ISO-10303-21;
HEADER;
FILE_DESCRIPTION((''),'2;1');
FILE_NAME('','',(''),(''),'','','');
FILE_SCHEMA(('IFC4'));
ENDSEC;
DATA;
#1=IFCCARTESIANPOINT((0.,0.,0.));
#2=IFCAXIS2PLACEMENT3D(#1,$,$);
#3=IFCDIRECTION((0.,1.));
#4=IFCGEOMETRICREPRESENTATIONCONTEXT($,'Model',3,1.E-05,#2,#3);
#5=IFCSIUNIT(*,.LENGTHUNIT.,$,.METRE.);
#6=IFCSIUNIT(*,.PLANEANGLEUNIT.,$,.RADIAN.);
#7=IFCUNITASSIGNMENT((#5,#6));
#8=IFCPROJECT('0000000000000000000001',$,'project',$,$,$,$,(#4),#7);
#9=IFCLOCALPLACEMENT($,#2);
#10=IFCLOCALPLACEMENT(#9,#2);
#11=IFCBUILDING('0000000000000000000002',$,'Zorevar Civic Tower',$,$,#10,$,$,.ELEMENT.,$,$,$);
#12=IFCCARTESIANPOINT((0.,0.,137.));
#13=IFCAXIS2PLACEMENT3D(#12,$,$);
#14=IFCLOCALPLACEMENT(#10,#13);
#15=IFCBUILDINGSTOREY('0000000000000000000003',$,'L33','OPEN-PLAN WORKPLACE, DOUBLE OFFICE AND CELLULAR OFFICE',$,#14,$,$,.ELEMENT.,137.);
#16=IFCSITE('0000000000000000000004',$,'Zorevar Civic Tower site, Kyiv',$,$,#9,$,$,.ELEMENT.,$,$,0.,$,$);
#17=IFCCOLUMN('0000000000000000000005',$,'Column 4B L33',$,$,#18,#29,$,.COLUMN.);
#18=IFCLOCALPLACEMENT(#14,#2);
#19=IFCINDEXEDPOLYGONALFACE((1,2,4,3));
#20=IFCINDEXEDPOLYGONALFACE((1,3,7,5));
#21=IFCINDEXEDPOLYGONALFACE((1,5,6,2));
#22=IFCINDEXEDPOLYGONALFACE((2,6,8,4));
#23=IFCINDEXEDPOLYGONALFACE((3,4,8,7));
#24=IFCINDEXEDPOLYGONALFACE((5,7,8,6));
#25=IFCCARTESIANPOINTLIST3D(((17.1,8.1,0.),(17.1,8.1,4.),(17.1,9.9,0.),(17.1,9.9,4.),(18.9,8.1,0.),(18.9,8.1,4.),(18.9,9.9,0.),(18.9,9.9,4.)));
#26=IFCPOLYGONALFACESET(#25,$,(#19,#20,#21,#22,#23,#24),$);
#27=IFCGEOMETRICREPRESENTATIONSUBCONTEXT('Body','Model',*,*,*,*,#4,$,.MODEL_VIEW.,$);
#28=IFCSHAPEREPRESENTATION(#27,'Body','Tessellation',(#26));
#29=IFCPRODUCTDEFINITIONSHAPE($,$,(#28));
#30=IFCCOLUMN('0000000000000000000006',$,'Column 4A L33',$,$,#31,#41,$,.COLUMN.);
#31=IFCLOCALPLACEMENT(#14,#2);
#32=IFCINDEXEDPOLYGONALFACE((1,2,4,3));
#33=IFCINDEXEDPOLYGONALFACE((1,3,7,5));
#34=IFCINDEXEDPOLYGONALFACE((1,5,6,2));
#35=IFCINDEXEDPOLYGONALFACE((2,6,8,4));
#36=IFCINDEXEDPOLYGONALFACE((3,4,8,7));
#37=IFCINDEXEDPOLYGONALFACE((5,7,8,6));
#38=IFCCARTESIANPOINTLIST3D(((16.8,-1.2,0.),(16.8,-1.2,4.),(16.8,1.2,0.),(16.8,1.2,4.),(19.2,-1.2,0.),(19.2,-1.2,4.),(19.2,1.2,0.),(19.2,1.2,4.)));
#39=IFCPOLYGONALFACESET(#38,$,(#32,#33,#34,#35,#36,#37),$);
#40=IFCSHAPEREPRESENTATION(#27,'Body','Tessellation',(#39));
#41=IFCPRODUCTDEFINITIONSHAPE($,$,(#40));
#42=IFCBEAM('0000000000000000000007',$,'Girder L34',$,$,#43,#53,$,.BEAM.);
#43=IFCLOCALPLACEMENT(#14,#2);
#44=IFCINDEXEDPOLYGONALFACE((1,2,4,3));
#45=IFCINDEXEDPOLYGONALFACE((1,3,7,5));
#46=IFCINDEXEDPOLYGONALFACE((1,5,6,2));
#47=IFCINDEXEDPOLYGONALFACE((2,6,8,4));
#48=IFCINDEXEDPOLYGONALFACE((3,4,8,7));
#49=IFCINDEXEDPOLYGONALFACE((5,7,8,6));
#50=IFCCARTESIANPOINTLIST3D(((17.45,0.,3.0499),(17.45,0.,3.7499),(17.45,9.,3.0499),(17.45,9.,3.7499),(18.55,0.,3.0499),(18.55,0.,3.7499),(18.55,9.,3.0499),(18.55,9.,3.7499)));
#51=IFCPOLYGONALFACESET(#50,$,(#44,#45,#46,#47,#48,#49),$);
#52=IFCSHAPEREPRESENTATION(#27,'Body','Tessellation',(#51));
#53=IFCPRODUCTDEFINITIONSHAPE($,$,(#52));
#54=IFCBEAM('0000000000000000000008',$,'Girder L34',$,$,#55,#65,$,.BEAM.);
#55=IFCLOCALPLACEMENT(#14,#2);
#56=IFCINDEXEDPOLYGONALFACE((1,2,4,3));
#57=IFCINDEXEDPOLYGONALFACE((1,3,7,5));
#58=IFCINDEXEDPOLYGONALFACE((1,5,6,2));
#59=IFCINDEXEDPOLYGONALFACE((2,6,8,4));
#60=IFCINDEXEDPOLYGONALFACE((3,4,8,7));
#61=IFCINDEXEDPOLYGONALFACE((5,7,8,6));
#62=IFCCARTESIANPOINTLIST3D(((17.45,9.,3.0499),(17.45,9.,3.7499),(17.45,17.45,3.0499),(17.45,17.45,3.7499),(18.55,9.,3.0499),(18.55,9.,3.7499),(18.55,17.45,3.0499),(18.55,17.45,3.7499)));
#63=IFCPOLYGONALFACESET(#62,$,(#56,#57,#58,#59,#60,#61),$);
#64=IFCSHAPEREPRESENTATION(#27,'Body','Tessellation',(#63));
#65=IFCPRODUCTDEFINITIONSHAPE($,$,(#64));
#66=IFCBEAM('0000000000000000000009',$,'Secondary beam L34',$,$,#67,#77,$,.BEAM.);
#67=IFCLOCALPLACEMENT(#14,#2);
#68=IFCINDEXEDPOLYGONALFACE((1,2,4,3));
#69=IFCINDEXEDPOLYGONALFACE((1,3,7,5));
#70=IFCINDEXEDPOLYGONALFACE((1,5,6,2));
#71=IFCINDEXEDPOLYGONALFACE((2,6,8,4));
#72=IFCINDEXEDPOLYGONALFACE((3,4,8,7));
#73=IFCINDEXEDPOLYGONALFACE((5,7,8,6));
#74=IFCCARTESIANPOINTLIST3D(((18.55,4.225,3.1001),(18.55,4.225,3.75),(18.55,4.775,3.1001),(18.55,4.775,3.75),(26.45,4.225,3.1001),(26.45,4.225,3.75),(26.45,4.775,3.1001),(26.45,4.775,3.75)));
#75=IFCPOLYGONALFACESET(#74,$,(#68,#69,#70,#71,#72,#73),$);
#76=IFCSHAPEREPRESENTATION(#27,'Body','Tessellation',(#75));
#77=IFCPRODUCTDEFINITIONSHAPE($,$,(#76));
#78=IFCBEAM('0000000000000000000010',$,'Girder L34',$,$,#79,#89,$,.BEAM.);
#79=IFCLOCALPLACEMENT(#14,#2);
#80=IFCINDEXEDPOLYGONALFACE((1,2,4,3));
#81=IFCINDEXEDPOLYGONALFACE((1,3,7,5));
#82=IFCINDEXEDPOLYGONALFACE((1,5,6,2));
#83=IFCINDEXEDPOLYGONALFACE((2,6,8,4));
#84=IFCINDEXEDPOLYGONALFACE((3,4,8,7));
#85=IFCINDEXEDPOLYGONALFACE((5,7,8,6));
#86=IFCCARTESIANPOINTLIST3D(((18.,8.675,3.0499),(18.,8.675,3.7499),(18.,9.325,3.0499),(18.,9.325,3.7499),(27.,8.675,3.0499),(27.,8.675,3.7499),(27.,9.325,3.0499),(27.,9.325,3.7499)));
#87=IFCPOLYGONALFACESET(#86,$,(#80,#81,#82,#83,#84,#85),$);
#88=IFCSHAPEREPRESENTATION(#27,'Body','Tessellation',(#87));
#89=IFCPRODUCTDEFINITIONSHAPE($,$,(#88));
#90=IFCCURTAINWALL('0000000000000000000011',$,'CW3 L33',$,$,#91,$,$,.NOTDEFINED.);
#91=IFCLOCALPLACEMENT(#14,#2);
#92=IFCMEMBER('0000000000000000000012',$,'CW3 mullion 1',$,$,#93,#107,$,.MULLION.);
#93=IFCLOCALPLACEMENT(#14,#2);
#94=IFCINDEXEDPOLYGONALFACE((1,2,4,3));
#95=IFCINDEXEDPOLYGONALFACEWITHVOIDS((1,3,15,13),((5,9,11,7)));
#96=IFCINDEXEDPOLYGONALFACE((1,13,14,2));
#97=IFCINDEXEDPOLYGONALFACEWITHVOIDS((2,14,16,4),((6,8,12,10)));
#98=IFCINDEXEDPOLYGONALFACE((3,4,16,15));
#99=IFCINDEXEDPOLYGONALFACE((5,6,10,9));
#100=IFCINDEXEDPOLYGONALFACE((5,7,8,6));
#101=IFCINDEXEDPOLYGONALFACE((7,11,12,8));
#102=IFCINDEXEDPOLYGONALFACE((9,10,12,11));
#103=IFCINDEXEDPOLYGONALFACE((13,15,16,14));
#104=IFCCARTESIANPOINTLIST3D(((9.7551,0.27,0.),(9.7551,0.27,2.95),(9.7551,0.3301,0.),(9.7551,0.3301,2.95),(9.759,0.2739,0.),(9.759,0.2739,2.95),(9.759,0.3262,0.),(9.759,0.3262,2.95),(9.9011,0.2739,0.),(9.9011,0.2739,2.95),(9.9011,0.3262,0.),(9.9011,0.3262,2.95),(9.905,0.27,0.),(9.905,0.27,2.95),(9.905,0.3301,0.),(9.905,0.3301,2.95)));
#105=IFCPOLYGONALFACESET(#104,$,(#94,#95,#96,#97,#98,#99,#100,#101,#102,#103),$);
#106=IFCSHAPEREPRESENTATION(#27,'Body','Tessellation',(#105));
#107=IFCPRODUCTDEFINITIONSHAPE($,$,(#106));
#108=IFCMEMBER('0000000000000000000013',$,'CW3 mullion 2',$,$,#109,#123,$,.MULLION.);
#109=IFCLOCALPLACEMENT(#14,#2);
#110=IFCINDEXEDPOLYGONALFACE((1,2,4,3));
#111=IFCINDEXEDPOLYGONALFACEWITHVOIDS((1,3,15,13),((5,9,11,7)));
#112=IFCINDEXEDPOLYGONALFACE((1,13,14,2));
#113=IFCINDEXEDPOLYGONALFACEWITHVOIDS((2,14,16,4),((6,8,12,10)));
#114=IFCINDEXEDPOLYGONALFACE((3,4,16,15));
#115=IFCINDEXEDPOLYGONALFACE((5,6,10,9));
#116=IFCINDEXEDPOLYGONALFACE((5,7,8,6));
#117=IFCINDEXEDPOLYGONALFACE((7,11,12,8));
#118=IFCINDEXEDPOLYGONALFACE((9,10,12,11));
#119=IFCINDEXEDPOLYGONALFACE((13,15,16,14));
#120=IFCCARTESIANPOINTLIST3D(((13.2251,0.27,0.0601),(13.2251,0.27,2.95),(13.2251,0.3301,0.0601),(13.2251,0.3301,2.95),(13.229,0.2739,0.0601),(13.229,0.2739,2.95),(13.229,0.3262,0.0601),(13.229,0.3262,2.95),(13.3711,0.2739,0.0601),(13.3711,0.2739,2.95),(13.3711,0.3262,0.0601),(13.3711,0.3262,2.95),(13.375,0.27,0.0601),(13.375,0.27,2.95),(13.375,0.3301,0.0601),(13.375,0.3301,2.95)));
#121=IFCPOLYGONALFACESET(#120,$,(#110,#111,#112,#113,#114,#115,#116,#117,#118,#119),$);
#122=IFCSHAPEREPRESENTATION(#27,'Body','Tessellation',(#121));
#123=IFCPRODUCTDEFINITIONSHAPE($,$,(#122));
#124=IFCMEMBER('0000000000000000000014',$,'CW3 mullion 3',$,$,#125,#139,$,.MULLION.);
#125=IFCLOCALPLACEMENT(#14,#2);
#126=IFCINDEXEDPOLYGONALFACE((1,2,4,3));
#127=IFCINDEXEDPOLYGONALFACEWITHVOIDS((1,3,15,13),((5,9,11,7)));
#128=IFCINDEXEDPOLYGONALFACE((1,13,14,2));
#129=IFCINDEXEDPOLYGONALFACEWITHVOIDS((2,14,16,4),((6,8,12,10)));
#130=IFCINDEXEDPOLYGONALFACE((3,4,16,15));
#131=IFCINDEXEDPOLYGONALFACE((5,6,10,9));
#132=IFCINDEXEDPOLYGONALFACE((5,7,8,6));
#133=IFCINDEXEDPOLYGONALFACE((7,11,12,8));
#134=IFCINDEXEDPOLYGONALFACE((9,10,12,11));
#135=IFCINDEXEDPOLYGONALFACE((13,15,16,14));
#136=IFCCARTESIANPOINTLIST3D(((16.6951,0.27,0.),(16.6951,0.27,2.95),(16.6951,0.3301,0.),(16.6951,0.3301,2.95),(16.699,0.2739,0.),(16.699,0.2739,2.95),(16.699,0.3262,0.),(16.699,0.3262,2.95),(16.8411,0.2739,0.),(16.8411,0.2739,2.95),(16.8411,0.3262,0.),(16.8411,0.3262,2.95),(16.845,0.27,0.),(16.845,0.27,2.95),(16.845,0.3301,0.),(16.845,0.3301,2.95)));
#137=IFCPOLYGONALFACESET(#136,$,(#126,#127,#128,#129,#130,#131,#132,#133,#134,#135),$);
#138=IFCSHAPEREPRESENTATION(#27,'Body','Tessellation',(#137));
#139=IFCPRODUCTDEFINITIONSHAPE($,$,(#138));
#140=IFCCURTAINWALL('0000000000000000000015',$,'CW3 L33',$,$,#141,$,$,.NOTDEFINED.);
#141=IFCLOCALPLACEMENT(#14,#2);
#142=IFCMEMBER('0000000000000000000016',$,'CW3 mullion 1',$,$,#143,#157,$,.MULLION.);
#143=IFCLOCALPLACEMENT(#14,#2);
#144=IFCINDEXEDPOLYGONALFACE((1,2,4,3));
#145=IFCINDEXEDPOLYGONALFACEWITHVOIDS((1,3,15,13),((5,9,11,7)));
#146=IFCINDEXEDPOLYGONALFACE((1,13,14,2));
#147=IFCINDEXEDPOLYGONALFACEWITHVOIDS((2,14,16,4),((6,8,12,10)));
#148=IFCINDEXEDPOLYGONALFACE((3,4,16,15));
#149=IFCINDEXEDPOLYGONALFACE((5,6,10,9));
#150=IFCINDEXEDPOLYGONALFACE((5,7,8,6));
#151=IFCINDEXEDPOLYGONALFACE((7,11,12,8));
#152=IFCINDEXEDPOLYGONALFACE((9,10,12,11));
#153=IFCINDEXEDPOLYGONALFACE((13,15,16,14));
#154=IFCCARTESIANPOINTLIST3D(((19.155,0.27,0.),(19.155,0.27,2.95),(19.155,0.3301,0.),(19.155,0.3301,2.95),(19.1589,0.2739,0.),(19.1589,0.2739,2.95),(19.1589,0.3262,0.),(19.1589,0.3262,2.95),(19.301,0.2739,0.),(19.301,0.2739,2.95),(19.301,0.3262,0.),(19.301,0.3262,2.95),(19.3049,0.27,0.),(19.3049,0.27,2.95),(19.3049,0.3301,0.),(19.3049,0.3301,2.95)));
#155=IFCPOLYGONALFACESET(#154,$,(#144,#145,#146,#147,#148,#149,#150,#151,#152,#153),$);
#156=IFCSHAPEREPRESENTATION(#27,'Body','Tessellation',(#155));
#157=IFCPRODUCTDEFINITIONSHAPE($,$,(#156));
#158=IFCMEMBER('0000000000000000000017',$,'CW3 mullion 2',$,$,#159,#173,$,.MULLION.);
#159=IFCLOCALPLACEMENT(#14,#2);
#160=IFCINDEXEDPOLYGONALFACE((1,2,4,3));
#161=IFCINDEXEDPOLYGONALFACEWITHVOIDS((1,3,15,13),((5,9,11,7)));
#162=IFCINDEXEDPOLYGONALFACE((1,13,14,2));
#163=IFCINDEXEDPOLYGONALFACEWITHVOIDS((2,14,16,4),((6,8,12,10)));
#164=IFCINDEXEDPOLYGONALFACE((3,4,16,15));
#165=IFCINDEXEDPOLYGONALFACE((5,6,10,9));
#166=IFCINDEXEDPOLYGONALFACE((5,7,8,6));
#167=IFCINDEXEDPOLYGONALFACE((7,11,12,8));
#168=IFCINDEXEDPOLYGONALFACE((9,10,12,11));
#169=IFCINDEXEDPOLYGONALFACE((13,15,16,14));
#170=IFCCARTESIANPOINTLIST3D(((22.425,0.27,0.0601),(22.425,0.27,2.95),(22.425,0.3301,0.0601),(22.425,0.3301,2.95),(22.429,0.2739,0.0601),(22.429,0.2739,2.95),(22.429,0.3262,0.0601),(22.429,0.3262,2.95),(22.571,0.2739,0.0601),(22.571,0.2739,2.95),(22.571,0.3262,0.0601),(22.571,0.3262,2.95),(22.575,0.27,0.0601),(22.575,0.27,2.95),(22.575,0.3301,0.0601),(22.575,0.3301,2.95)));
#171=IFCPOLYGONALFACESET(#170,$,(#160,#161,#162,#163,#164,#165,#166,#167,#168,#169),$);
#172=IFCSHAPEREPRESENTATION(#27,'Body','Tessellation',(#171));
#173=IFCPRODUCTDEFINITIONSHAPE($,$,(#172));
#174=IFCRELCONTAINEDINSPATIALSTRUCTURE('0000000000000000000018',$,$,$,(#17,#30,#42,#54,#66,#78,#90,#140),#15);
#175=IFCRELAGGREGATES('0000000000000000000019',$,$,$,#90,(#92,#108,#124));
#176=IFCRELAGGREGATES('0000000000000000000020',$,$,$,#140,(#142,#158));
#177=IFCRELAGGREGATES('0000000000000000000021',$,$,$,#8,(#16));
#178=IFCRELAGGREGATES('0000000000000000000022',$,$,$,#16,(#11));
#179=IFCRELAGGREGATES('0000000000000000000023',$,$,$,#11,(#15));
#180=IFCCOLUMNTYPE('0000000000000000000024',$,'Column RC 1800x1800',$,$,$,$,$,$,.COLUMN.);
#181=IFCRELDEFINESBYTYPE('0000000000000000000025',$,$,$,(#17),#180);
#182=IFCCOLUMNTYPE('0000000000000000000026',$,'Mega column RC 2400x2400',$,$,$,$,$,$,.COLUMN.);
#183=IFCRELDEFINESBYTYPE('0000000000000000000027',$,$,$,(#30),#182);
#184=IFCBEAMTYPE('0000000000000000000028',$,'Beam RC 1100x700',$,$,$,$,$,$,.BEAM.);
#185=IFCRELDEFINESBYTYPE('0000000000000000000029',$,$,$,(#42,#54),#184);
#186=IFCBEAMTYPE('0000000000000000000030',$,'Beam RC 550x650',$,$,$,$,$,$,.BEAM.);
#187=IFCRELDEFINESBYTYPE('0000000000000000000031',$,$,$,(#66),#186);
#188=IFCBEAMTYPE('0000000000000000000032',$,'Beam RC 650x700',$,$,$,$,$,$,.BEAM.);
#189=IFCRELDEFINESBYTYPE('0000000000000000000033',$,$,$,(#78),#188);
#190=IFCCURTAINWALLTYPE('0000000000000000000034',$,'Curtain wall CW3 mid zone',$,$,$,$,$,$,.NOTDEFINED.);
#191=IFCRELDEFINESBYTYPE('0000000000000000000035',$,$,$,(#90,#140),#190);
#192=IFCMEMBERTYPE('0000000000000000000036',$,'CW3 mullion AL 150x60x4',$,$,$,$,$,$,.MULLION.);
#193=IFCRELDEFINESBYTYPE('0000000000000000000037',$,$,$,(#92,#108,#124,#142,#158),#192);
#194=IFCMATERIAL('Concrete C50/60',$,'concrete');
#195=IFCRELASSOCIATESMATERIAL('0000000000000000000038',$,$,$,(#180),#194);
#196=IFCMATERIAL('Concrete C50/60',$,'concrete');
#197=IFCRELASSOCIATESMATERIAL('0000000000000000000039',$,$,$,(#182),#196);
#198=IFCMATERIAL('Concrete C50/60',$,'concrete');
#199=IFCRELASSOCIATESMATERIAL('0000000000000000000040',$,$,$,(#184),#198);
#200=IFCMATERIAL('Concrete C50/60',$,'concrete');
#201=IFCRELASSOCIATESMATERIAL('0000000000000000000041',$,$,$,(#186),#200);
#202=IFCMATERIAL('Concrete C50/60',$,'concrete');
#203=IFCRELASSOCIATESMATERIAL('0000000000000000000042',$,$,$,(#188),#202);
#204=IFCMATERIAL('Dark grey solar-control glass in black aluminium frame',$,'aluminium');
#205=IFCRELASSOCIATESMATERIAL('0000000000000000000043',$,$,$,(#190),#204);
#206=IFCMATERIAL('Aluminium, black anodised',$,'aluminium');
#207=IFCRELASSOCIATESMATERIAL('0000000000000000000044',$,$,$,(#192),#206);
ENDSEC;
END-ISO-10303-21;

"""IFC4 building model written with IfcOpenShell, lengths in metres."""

from ifc_helpers import new_model, si_unit, direction, frame, origin, origin_2d, place, context, subcontext, project, spatial, rectangle, hollow_rectangle, extrude, material, material_profile, profile_set, type_object, element, aggregate, save


model = new_model("IFC4")

# Units and contexts
model_context = context("Model", 3, precision=1e-05, world=origin(), true_north=direction((0.0, 1.0)))
body_context = subcontext(model_context, "Body", "Model", "MODEL_VIEW")
ifc_project = project(units=[si_unit("LENGTHUNIT", "METRE"), si_unit("PLANEANGLEUNIT", "RADIAN")], contexts=[model_context])

# Site, building, storey
site_placement = place(None, origin())
site = spatial("IfcSite", under=ifc_project, at=site_placement, Name="Zorevar Civic Tower site, Kyiv", CompositionType="ELEMENT", RefElevation=0.0)
building_placement = place(site_placement, origin())
building = spatial("IfcBuilding", under=site, at=building_placement, Name="Zorevar Civic Tower", CompositionType="ELEMENT")
storey_placement = place(building_placement, frame((0.0, 0.0, 137.0)))
storey = spatial("IfcBuildingStorey", under=building, at=storey_placement, Name="L33", Description="OPEN-PLAN WORKPLACE, DOUBLE OFFICE AND CELLULAR OFFICE", CompositionType="ELEMENT", Elevation=137.0)

# Columns
ifc_material_1 = material(Name="Concrete C50/60", Category="concrete")
ifc_material_profile_1 = material_profile(ifc_material_1, rectangle(XDim=1.8, YDim=1.8, at=origin_2d()), Name="RC 1800x1800")
ifc_profile_set_1 = profile_set([ifc_material_profile_1], Name="Concrete C50/60")
column_type_1 = type_object("IfcColumnType", Name="Column RC 1800x1800", PredefinedType="COLUMN", material=ifc_profile_set_1)
column_1_placement = place(storey_placement, frame((18.0, 9.0, 0.0), z_axis=(0.0, 0.0, 1.0), x_axis=(1.0, 0.0, 0.0)))
element("IfcColumn", 1, at=column_1_placement, inside=storey, type_object=column_type_1, Name="Column 4B L33", PredefinedType="COLUMN", context=body_context, shape_type="SweptSolid", body=[
    extrude(rectangle(XDim=1.8, YDim=1.8, at=origin_2d()), origin(), (0.0, 0.0, 1.0), 4.0),
])
ifc_material_2 = material(Name="Concrete C50/60", Category="concrete")
ifc_material_profile_2 = material_profile(ifc_material_2, rectangle(XDim=2.3999, YDim=2.3999, at=origin_2d()), Name="RC 2400x2400")
ifc_profile_set_2 = profile_set([ifc_material_profile_2], Name="Concrete C50/60")
column_type_2 = type_object("IfcColumnType", Name="Mega column RC 2400x2400", PredefinedType="COLUMN", material=ifc_profile_set_2)
column_2_placement = place(storey_placement, frame((18.0, 0.0, 0.0), z_axis=(0.0, 0.0, 1.0), x_axis=(1.0, 0.0, 0.0)))
element("IfcColumn", 2, at=column_2_placement, inside=storey, type_object=column_type_2, Name="Column 4A L33", PredefinedType="COLUMN", context=body_context, shape_type="SweptSolid", body=[
    extrude(rectangle(XDim=2.3999, YDim=2.3999, at=origin_2d()), origin(), (0.0, 0.0, 1.0), 4.0),
])

# Beams
ifc_material_3 = material(Name="Concrete C50/60", Category="concrete")
ifc_material_profile_3 = material_profile(ifc_material_3, rectangle(XDim=1.1001, YDim=0.7, at=origin_2d()), Name="RC 1100x700")
ifc_profile_set_3 = profile_set([ifc_material_profile_3], Name="Concrete C50/60")
beam_type_1 = type_object("IfcBeamType", Name="Beam RC 1100x700", PredefinedType="BEAM", material=ifc_profile_set_3)
beam_1_placement = place(storey_placement, frame((18.0, 0.0, 3.3999), z_axis=(0.0, 1.0, 0.0), x_axis=(-1.0, 0.0, 0.0)))
element("IfcBeam", 3, at=beam_1_placement, inside=storey, type_object=beam_type_1, Name="Girder L34", PredefinedType="BEAM", context=body_context, shape_type="SweptSolid", body=[
    extrude(rectangle(XDim=1.1001, YDim=0.7, at=origin_2d()), origin(), (0.0, 0.0, 1.0), 9.0),
])
beam_2_placement = place(storey_placement, frame((18.0, 9.0, 3.3999), z_axis=(0.0, 1.0, 0.0), x_axis=(-1.0, 0.0, 0.0)))
element("IfcBeam", 4, at=beam_2_placement, inside=storey, type_object=beam_type_1, Name="Girder L34", PredefinedType="BEAM", context=body_context, shape_type="SweptSolid", body=[
    extrude(rectangle(XDim=1.1001, YDim=0.7, at=origin_2d()), origin(), (0.0, 0.0, 1.0), 8.45),
])
ifc_material_4 = material(Name="Concrete C50/60", Category="concrete")
ifc_material_profile_4 = material_profile(ifc_material_4, rectangle(XDim=0.55, YDim=0.6499, at=origin_2d()), Name="RC 550x650")
ifc_profile_set_4 = profile_set([ifc_material_profile_4], Name="Concrete C50/60")
beam_type_2 = type_object("IfcBeamType", Name="Beam RC 550x650", PredefinedType="BEAM", material=ifc_profile_set_4)
beam_3_placement = place(storey_placement, frame((18.55, 4.5, 3.425), z_axis=(1.0, 0.0, 0.0), x_axis=(0.0, 1.0, 0.0)))
element("IfcBeam", 5, at=beam_3_placement, inside=storey, type_object=beam_type_2, Name="Secondary beam L34", PredefinedType="BEAM", context=body_context, shape_type="SweptSolid", body=[
    extrude(rectangle(XDim=0.55, YDim=0.6499, at=origin_2d()), origin(), (0.0, 0.0, 1.0), 7.8999),
])
ifc_material_5 = material(Name="Concrete C50/60", Category="concrete")
ifc_material_profile_5 = material_profile(ifc_material_5, rectangle(XDim=0.6499, YDim=0.7, at=origin_2d()), Name="RC 650x700")
ifc_profile_set_5 = profile_set([ifc_material_profile_5], Name="Concrete C50/60")
beam_type_3 = type_object("IfcBeamType", Name="Beam RC 650x700", PredefinedType="BEAM", material=ifc_profile_set_5)
beam_4_placement = place(storey_placement, frame((18.0, 9.0, 3.3999), z_axis=(1.0, 0.0, 0.0), x_axis=(0.0, 1.0, 0.0)))
element("IfcBeam", 6, at=beam_4_placement, inside=storey, type_object=beam_type_3, Name="Girder L34", PredefinedType="BEAM", context=body_context, shape_type="SweptSolid", body=[
    extrude(rectangle(XDim=0.6499, YDim=0.7, at=origin_2d()), origin(), (0.0, 0.0, 1.0), 9.0),
])

# Curtain walls, members
ifc_material_6 = material(Name="Dark grey solar-control glass in black aluminium frame", Category="aluminium")
curtain_wall_type = type_object("IfcCurtainWallType", Name="Curtain wall CW3 mid zone", PredefinedType="NOTDEFINED", material=ifc_material_6)
curtain_wall_1_placement = place(storey_placement, origin())
curtain_wall_1 = element("IfcCurtainWall", 7, at=curtain_wall_1_placement, inside=storey, type_object=curtain_wall_type, Name="CW3 L33", PredefinedType="NOTDEFINED")
ifc_material_7 = material(Name="Aluminium, black anodised", Category="aluminium")
ifc_material_profile_6 = material_profile(ifc_material_7, hollow_rectangle(XDim=0.0601, YDim=0.1499, WallThickness=0.0039, at=origin_2d()), Name="AL 150x60x4")
ifc_profile_set_6 = profile_set([ifc_material_profile_6], Name="Aluminium, black anodised")
member_type_1 = type_object("IfcMemberType", Name="CW3 mullion AL 150x60x4", PredefinedType="MULLION", material=ifc_profile_set_6)
member_1_placement = place(storey_placement, frame((9.8301, 0.3, 0.0), z_axis=(0.0, 0.0, 1.0), x_axis=(0.0, 1.0, 0.0)))
member_1 = element("IfcMember", 8, at=member_1_placement, type_object=member_type_1, Name="CW3 mullion 1", PredefinedType="MULLION", context=body_context, shape_type="SweptSolid", body=[
    extrude(hollow_rectangle(XDim=0.0601, YDim=0.1499, WallThickness=0.0039, at=origin_2d()), origin(), (0.0, 0.0, 1.0), 2.95),
])
member_2_placement = place(storey_placement, frame((13.3, 0.3, 0.0601), z_axis=(0.0, 0.0, 1.0), x_axis=(0.0, 1.0, 0.0)))
member_2 = element("IfcMember", 9, at=member_2_placement, type_object=member_type_1, Name="CW3 mullion 2", PredefinedType="MULLION", context=body_context, shape_type="SweptSolid", body=[
    extrude(hollow_rectangle(XDim=0.0601, YDim=0.1499, WallThickness=0.0039, at=origin_2d()), origin(), (0.0, 0.0, 1.0), 2.8899),
])
member_3_placement = place(storey_placement, frame((16.77, 0.3, 0.0), z_axis=(0.0, 0.0, 1.0), x_axis=(0.0, 1.0, 0.0)))
member_3 = element("IfcMember", 10, at=member_3_placement, type_object=member_type_1, Name="CW3 mullion 3", PredefinedType="MULLION", context=body_context, shape_type="SweptSolid", body=[
    extrude(hollow_rectangle(XDim=0.0601, YDim=0.1499, WallThickness=0.0039, at=origin_2d()), origin(), (0.0, 0.0, 1.0), 2.95),
])
curtain_wall_2_placement = place(storey_placement, origin())
curtain_wall_2 = element("IfcCurtainWall", 11, at=curtain_wall_2_placement, inside=storey, type_object=curtain_wall_type, Name="CW3 L33", PredefinedType="NOTDEFINED")
member_4_placement = place(storey_placement, frame((19.23, 0.3, 0.0), z_axis=(0.0, 0.0, 1.0), x_axis=(0.0, 1.0, 0.0)))
member_4 = element("IfcMember", 12, at=member_4_placement, type_object=member_type_1, Name="CW3 mullion 1", PredefinedType="MULLION", context=body_context, shape_type="SweptSolid", body=[
    extrude(hollow_rectangle(XDim=0.0601, YDim=0.1499, WallThickness=0.0039, at=origin_2d()), origin(), (0.0, 0.0, 1.0), 2.95),
])
member_5_placement = place(storey_placement, frame((22.5, 0.3, 0.0601), z_axis=(0.0, 0.0, 1.0), x_axis=(0.0, 1.0, 0.0)))
member_5 = element("IfcMember", 13, at=member_5_placement, type_object=member_type_1, Name="CW3 mullion 2", PredefinedType="MULLION", context=body_context, shape_type="SweptSolid", body=[
    extrude(hollow_rectangle(XDim=0.0601, YDim=0.1499, WallThickness=0.0039, at=origin_2d()), origin(), (0.0, 0.0, 1.0), 2.8899),
])

aggregate(curtain_wall_1, [member_1, member_2, member_3])
aggregate(curtain_wall_2, [member_4, member_5])

save(model, "model.ifc")
